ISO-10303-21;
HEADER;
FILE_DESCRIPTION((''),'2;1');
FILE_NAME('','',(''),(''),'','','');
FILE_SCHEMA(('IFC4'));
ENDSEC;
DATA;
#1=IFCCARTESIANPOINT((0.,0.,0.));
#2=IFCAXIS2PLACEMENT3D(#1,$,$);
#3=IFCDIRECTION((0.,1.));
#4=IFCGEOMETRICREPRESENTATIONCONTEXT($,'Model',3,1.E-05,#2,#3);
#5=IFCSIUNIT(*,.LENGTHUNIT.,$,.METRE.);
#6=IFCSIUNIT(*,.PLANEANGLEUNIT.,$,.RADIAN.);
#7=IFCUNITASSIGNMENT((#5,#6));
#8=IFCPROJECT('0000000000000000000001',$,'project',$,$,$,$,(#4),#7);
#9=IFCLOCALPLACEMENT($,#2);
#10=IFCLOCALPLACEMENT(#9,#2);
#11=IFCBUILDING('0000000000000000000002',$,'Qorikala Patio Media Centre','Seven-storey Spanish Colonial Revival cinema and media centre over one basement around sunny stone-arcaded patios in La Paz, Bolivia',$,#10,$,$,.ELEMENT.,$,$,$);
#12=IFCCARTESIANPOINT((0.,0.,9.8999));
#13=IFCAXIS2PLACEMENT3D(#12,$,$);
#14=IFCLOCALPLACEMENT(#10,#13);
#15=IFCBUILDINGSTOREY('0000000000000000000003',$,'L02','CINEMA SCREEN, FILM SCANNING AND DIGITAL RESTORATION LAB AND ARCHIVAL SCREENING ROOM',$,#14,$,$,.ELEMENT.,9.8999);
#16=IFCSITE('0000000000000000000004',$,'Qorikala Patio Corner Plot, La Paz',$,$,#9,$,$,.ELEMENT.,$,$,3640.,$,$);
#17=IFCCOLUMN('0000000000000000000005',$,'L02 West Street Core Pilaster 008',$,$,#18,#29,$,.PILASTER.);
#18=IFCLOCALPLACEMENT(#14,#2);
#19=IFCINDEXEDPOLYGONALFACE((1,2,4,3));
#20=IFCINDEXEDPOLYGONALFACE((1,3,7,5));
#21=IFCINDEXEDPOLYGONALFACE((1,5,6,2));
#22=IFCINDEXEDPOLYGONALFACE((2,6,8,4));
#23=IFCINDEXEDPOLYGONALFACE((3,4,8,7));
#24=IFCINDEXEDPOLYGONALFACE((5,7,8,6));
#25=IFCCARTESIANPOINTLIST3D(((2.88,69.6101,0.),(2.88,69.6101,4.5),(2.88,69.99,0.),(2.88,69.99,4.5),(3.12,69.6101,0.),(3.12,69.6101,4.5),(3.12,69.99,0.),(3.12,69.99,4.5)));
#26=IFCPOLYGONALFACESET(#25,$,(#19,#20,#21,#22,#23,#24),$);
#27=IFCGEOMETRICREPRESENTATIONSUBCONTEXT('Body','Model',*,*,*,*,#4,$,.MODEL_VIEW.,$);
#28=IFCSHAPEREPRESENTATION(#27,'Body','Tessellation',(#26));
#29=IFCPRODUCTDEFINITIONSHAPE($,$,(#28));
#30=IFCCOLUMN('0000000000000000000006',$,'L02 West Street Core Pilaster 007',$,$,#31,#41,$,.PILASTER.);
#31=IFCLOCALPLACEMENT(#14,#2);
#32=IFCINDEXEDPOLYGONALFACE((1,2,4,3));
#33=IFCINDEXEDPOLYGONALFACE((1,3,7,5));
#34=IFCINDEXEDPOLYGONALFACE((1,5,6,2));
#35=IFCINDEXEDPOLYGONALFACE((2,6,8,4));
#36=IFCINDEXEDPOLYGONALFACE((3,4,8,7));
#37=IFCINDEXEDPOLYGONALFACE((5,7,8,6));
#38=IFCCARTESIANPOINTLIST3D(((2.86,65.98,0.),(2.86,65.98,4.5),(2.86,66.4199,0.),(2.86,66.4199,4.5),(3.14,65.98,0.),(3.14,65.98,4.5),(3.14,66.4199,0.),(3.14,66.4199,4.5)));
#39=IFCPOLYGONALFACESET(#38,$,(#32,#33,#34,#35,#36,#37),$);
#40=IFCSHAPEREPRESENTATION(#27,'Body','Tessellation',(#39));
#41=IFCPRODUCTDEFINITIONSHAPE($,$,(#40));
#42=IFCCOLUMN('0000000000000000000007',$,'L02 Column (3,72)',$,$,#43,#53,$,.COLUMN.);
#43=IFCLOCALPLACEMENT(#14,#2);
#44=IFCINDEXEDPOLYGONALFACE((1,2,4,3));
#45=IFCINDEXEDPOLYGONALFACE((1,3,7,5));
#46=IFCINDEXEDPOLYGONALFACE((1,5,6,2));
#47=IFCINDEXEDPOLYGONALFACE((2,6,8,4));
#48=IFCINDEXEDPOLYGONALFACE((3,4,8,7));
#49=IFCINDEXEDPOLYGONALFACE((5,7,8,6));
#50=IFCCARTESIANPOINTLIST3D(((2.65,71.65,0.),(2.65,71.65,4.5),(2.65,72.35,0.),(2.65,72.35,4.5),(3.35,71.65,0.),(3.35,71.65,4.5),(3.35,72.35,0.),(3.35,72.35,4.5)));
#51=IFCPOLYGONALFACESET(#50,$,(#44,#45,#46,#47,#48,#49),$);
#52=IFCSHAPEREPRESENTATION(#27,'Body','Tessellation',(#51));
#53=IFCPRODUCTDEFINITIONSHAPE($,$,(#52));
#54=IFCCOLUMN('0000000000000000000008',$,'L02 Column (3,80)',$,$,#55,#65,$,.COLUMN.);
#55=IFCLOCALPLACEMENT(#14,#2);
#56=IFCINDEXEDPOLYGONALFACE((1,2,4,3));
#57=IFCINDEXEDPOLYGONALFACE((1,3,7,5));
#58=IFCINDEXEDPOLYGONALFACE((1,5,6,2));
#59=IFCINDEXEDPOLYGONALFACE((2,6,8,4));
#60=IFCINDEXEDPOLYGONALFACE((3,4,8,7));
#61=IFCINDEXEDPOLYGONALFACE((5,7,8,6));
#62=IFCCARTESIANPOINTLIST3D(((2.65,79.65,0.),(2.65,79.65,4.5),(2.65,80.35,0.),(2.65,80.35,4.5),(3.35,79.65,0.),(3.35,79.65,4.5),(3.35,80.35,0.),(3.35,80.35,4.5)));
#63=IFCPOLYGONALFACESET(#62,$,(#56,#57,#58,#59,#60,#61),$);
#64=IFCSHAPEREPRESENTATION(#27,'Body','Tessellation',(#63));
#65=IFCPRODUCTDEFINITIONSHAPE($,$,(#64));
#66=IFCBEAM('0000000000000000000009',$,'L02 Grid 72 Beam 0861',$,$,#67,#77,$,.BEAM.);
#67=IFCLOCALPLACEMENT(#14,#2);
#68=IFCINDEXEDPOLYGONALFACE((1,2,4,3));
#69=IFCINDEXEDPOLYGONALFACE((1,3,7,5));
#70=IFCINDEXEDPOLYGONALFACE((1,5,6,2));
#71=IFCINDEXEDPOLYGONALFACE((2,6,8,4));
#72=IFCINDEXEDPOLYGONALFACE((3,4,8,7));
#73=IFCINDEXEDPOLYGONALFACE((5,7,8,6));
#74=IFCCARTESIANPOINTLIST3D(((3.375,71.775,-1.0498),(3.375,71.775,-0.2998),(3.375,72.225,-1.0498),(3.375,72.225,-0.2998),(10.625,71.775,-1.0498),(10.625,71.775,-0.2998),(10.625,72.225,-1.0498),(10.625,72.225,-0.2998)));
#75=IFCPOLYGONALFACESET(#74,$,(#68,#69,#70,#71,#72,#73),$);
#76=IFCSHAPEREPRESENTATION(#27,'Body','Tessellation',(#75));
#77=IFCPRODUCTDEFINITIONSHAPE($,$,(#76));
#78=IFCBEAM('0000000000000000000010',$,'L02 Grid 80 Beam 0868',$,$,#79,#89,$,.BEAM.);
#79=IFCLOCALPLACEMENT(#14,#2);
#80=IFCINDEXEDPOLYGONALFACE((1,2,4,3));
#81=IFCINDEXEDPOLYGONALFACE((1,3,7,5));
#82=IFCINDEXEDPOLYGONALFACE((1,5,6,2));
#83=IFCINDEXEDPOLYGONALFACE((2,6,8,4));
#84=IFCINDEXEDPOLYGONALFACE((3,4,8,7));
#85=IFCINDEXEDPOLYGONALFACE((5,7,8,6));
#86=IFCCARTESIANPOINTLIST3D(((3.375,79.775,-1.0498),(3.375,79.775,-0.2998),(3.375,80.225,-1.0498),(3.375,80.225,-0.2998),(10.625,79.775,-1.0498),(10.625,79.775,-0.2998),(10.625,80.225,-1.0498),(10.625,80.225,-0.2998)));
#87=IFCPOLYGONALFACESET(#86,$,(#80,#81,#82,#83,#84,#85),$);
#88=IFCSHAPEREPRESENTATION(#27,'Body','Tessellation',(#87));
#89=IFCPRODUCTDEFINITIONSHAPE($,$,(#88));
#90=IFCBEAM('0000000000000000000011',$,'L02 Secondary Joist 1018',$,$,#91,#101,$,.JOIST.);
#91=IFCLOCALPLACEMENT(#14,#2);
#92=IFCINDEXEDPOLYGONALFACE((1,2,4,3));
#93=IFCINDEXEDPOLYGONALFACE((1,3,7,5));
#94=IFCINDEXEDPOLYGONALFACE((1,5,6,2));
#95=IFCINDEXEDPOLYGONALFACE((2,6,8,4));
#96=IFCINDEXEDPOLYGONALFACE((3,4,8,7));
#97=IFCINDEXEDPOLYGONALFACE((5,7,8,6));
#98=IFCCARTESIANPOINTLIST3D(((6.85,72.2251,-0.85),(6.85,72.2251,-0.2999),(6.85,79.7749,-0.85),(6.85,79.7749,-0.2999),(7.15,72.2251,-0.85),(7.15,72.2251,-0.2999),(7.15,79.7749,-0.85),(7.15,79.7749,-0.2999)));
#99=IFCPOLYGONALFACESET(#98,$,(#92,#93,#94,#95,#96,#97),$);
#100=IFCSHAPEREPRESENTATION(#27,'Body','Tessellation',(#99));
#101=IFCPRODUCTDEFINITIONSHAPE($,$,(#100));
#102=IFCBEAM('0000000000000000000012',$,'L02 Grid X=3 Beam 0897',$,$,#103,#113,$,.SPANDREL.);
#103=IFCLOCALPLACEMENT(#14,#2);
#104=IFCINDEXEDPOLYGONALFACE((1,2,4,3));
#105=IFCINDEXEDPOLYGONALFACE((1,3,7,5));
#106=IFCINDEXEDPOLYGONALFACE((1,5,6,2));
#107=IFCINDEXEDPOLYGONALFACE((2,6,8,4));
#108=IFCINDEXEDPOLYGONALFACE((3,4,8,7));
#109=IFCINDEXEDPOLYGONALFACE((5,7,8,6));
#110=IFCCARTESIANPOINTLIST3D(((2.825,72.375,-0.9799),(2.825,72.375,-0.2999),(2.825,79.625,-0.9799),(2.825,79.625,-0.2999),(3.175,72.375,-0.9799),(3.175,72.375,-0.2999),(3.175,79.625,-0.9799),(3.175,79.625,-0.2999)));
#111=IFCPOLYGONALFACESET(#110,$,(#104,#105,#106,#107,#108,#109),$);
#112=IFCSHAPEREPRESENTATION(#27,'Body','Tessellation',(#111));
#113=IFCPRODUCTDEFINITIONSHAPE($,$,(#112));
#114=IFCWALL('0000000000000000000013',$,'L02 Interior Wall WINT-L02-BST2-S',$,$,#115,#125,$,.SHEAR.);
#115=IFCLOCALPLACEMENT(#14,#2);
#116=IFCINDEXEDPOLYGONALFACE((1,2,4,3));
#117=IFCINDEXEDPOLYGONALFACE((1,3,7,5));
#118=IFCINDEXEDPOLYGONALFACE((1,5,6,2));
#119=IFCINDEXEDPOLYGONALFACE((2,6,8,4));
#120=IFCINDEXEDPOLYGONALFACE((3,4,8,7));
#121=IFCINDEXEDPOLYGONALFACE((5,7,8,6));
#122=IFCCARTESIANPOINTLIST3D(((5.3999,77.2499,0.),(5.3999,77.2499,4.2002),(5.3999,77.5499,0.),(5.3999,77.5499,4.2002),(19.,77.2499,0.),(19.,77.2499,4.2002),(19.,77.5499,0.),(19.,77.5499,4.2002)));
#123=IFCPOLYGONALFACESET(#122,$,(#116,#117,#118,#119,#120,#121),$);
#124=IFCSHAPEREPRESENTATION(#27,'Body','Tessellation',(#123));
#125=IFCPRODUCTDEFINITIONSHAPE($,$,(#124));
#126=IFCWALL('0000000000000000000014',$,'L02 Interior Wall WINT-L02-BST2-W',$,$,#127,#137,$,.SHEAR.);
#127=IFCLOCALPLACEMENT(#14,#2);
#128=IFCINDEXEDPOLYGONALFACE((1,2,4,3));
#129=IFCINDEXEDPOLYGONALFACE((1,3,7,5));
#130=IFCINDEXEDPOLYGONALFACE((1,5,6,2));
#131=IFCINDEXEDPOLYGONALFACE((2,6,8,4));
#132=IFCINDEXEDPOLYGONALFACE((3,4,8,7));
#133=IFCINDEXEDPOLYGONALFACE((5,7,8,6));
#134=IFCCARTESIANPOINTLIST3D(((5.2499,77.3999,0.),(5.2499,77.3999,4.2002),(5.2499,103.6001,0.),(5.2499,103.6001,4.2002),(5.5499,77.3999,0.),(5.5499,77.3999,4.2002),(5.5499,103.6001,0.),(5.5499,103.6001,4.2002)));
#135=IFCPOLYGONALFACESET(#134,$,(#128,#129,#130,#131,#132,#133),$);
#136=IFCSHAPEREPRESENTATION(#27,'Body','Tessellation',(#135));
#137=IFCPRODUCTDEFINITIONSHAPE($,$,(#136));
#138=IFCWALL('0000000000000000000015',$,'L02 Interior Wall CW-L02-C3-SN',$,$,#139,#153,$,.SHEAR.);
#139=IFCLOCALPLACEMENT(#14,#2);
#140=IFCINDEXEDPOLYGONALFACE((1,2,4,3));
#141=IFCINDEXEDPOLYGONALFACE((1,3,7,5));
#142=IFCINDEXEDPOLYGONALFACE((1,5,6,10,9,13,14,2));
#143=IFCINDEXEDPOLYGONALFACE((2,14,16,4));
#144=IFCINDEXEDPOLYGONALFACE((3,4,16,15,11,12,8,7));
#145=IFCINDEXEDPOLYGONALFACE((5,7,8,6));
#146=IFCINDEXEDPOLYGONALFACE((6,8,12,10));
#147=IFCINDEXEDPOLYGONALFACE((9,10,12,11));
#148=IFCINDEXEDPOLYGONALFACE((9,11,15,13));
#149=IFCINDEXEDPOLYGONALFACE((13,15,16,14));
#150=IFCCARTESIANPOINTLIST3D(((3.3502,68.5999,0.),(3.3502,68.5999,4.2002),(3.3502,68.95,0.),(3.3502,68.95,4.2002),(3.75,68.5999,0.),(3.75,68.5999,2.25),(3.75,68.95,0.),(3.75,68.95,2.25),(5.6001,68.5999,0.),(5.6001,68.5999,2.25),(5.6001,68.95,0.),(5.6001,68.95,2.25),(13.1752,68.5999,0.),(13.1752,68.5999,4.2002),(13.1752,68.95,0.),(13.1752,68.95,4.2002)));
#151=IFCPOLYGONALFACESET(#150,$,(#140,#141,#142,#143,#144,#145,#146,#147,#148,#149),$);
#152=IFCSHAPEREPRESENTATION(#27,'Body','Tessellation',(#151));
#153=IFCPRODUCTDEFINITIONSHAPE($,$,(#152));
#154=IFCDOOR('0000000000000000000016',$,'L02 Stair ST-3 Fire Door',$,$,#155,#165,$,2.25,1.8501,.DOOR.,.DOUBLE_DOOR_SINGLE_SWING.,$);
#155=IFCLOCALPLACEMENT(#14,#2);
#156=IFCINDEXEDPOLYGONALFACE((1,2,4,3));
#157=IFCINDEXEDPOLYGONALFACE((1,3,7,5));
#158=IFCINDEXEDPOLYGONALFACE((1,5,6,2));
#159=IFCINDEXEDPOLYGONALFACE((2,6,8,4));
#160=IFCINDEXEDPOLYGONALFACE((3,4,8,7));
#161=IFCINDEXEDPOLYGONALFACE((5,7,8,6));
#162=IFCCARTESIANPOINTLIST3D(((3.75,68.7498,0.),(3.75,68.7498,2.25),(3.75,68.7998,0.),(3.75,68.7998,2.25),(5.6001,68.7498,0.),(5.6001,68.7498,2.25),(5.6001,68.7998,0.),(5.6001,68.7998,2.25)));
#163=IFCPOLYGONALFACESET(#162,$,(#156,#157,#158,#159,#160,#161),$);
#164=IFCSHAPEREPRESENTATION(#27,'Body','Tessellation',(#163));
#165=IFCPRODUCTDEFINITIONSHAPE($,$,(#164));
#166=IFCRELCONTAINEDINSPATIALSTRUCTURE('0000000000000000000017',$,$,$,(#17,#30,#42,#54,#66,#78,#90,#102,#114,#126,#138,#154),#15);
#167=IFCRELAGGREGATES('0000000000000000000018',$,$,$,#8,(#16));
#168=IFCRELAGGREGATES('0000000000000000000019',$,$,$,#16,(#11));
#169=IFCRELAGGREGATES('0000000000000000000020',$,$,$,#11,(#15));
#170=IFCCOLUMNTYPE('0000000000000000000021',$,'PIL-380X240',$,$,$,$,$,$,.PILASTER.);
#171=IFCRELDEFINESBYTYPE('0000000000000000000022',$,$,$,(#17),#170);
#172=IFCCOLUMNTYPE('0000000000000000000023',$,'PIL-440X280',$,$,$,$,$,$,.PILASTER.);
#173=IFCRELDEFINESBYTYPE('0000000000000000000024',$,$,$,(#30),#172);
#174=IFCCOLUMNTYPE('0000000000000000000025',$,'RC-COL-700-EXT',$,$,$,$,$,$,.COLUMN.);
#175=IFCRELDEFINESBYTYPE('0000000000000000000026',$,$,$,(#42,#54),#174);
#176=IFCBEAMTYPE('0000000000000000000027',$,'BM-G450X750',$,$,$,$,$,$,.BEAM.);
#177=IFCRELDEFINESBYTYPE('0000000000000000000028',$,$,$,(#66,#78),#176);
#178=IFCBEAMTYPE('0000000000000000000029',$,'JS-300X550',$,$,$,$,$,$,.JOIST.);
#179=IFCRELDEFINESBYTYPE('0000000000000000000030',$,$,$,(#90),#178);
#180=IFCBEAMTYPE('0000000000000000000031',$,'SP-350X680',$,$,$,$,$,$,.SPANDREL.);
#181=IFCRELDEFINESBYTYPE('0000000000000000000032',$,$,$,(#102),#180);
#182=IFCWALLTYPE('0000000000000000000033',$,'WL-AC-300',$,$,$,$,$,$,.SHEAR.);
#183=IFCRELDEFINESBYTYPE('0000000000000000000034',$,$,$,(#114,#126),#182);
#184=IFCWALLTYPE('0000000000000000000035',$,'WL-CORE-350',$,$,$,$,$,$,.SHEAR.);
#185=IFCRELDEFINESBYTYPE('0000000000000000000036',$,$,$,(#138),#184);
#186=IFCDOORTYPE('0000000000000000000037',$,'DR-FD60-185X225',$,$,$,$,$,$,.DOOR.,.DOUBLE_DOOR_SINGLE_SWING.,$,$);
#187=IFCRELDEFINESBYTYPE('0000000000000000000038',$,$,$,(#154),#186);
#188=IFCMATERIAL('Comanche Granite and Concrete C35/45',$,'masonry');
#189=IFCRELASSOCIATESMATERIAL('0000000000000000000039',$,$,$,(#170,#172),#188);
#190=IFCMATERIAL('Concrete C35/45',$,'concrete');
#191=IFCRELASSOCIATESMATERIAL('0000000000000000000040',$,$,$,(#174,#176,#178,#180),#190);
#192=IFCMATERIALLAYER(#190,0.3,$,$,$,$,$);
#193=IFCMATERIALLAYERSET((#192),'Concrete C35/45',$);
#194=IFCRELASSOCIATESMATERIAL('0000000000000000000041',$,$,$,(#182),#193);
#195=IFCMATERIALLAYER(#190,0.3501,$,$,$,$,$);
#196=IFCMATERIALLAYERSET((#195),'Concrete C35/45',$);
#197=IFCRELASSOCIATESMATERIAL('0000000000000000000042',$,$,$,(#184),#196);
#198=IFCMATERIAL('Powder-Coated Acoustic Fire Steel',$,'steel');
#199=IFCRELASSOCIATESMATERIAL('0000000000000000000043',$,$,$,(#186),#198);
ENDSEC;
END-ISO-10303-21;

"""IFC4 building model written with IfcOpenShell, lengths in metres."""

from ifc_helpers import new_model, si_unit, direction, frame, frame_2d, origin, origin_2d, place, context, subcontext, project, spatial, rectangle, extrude, material, layer, layer_set, material_profile, profile_set, type_object, element, fill, save


model = new_model("IFC4")

# Units and contexts
model_context = context("Model", 3, precision=1e-05, world=origin(), true_north=direction((0.0, 1.0)))
body_context = subcontext(model_context, "Body", "Model", "MODEL_VIEW")
ifc_project = project(units=[si_unit("LENGTHUNIT", "METRE"), si_unit("PLANEANGLEUNIT", "RADIAN")], contexts=[model_context])

# Site, building, storey
site_placement = place(None, origin())
site = spatial("IfcSite", under=ifc_project, at=site_placement, Name="Qorikala Patio Corner Plot, La Paz", CompositionType="ELEMENT", RefElevation=3640.0)
building_placement = place(site_placement, origin())
building = spatial("IfcBuilding", under=site, at=building_placement, Name="Qorikala Patio Media Centre", Description="Seven-storey Spanish Colonial Revival cinema and media centre over one basement around sunny stone-arcaded patios in La Paz, Bolivia", CompositionType="ELEMENT")
storey_placement = place(building_placement, frame((0.0, 0.0, 9.8999)))
storey = spatial("IfcBuildingStorey", under=building, at=storey_placement, Name="L02", Description="CINEMA SCREEN, FILM SCANNING AND DIGITAL RESTORATION LAB AND ARCHIVAL SCREENING ROOM", CompositionType="ELEMENT", Elevation=9.8999)

# Columns
ifc_material_1 = material(Name="Comanche Granite and Concrete C35/45", Category="masonry")
ifc_material_profile_1 = material_profile(ifc_material_1, rectangle(XDim=0.3799, YDim=0.24, at=origin_2d()), Name="PIL 380x240")
ifc_profile_set_1 = profile_set([ifc_material_profile_1], Name="Comanche Granite and Concrete C35/45")
column_type_1 = type_object("IfcColumnType", Name="PIL-380X240", PredefinedType="PILASTER", material=ifc_profile_set_1)
column_1_placement = place(storey_placement, frame((3.0, 69.8, 0.0), z_axis=(0.0, 0.0, 1.0), x_axis=(0.0, 1.0, 0.0)))
element("IfcColumn", 1, at=column_1_placement, inside=storey, type_object=column_type_1, Name="L02 West Street Core Pilaster 008", PredefinedType="PILASTER", context=body_context, shape_type="SweptSolid", body=[
    extrude(rectangle(XDim=0.3799, YDim=0.24, at=origin_2d()), origin(), (0.0, 0.0, 1.0), 4.5),
])
ifc_material_profile_2 = material_profile(ifc_material_1, rectangle(XDim=0.4399, YDim=0.28, at=origin_2d()), Name="PIL 440x280")
ifc_profile_set_2 = profile_set([ifc_material_profile_2], Name="Comanche Granite and Concrete C35/45")
column_type_2 = type_object("IfcColumnType", Name="PIL-440X280", PredefinedType="PILASTER", material=ifc_profile_set_2)
column_2_placement = place(storey_placement, frame((3.0, 66.2, 0.0), z_axis=(0.0, 0.0, 1.0), x_axis=(0.0, 1.0, 0.0)))
element("IfcColumn", 2, at=column_2_placement, inside=storey, type_object=column_type_2, Name="L02 West Street Core Pilaster 007", PredefinedType="PILASTER", context=body_context, shape_type="SweptSolid", body=[
    extrude(rectangle(XDim=0.4399, YDim=0.28, at=origin_2d()), origin(), (0.0, 0.0, 1.0), 4.5),
])
ifc_material_2 = material(Name="Concrete C35/45", Category="concrete")
ifc_material_profile_3 = material_profile(ifc_material_2, rectangle(XDim=0.7, YDim=0.7, at=origin_2d()), Name="RC 700x700")
ifc_profile_set_3 = profile_set([ifc_material_profile_3], Name="Concrete C35/45")
column_type_3 = type_object("IfcColumnType", Name="RC-COL-700-EXT", PredefinedType="COLUMN", material=ifc_profile_set_3)
for number, where, z_axis, x_axis, name in (
    (3, (3.0, 72.0, 0.0), (0.0, 0.0, 1.0), (1.0, 0.0, 0.0), "L02 Column (3,72)"),
    (4, (3.0, 80.0, 0.0), (0.0, 0.0, 1.0), (1.0, 0.0, 0.0), "L02 Column (3,80)"),
):
    element("IfcColumn", number, at=place(storey_placement, frame(where, z_axis=z_axis, x_axis=x_axis)), inside=storey, type_object=column_type_3, Name=name, PredefinedType="COLUMN", context=body_context, shape_type="SweptSolid", body=[
        extrude(rectangle(XDim=0.7, YDim=0.7, at=origin_2d()), origin(), (0.0, 0.0, 1.0), 4.5),
    ])

# Beams
ifc_material_profile_4 = material_profile(ifc_material_2, rectangle(XDim=0.45, YDim=0.75, at=origin_2d()), Name="RC 450x750")
ifc_profile_set_4 = profile_set([ifc_material_profile_4], Name="Concrete C35/45")
beam_type_1 = type_object("IfcBeamType", Name="BM-G450X750", PredefinedType="BEAM", material=ifc_profile_set_4)
for number, where, z_axis, x_axis, name in (
    (5, (3.375, 72.0, -0.6748), (1.0, 0.0, 0.0), (0.0, 1.0, 0.0), "L02 Grid 72 Beam 0861"),
    (6, (3.375, 80.0, -0.6748), (1.0, 0.0, 0.0), (0.0, 1.0, 0.0), "L02 Grid 80 Beam 0868"),
):
    element("IfcBeam", number, at=place(storey_placement, frame(where, z_axis=z_axis, x_axis=x_axis)), inside=storey, type_object=beam_type_1, Name=name, PredefinedType="BEAM", context=body_context, shape_type="SweptSolid", body=[
        extrude(rectangle(XDim=0.45, YDim=0.75, at=origin_2d()), origin(), (0.0, 0.0, 1.0), 7.25),
    ])
ifc_material_profile_5 = material_profile(ifc_material_2, rectangle(XDim=0.3, YDim=0.55, at=origin_2d()), Name="RC 300x550")
ifc_profile_set_5 = profile_set([ifc_material_profile_5], Name="Concrete C35/45")
beam_type_2 = type_object("IfcBeamType", Name="JS-300X550", PredefinedType="JOIST", material=ifc_profile_set_5)
beam_1_placement = place(storey_placement, frame((7.0, 72.2251, -0.575), z_axis=(0.0, 1.0, 0.0), x_axis=(-1.0, 0.0, 0.0)))
element("IfcBeam", 7, at=beam_1_placement, inside=storey, type_object=beam_type_2, Name="L02 Secondary Joist 1018", PredefinedType="JOIST", context=body_context, shape_type="SweptSolid", body=[
    extrude(rectangle(XDim=0.3, YDim=0.55, at=origin_2d()), origin(), (0.0, 0.0, 1.0), 7.5498),
])
ifc_material_profile_6 = material_profile(ifc_material_2, rectangle(XDim=0.3501, YDim=0.6799, at=origin_2d()), Name="RC 350x680")
ifc_profile_set_6 = profile_set([ifc_material_profile_6], Name="Concrete C35/45")
beam_type_3 = type_object("IfcBeamType", Name="SP-350X680", PredefinedType="SPANDREL", material=ifc_profile_set_6)
beam_2_placement = place(storey_placement, frame((3.0, 72.375, -0.6399), z_axis=(0.0, 1.0, 0.0), x_axis=(-1.0, 0.0, 0.0)))
element("IfcBeam", 8, at=beam_2_placement, inside=storey, type_object=beam_type_3, Name="L02 Grid X=3 Beam 0897", PredefinedType="SPANDREL", context=body_context, shape_type="SweptSolid", body=[
    extrude(rectangle(XDim=0.3501, YDim=0.6799, at=origin_2d()), origin(), (0.0, 0.0, 1.0), 7.25),
])

# Walls
ifc_layer_1 = layer(ifc_material_2, 0.3)
ifc_layer_set_1 = layer_set([ifc_layer_1], Name="Concrete C35/45")
wall_type_1 = type_object("IfcWallType", Name="WL-AC-300", PredefinedType="SHEAR", material=ifc_layer_set_1)
wall_1_placement = place(storey_placement, frame((5.3999, 77.3999, 0.0), z_axis=(0.0, 0.0, 1.0), x_axis=(1.0, 0.0, 0.0)))
element("IfcWall", 9, at=wall_1_placement, inside=storey, type_object=wall_type_1, Name="L02 Interior Wall WINT-L02-BST2-S", PredefinedType="SHEAR", context=body_context, shape_type="SweptSolid", body=[
    extrude(rectangle(XDim=13.6001, YDim=0.3, at=frame_2d((6.8, 0.0))), origin(), (0.0, 0.0, 1.0), 4.2002),
])
wall_2_placement = place(storey_placement, frame((5.3999, 77.3999, 0.0), z_axis=(0.0, 0.0, 1.0), x_axis=(0.0, 1.0, 0.0)))
element("IfcWall", 10, at=wall_2_placement, inside=storey, type_object=wall_type_1, Name="L02 Interior Wall WINT-L02-BST2-W", PredefinedType="SHEAR", context=body_context, shape_type="SweptSolid", body=[
    extrude(rectangle(XDim=26.2002, YDim=0.3, at=frame_2d((13.1001, 0.0))), origin(), (0.0, 0.0, 1.0), 4.2002),
])

# Wall, opening, door
ifc_layer_2 = layer(ifc_material_2, 0.3501)
ifc_layer_set_2 = layer_set([ifc_layer_2], Name="Concrete C35/45")
wall_type_2 = type_object("IfcWallType", Name="WL-CORE-350", PredefinedType="SHEAR", material=ifc_layer_set_2)
wall_3_placement = place(storey_placement, frame((3.3501, 68.7749, 0.0), z_axis=(0.0, 0.0, 1.0), x_axis=(1.0, 0.0, 0.0)))
wall_3 = element("IfcWall", 11, at=wall_3_placement, inside=storey, type_object=wall_type_2, Name="L02 Interior Wall CW-L02-C3-SN", PredefinedType="SHEAR", context=body_context, shape_type="SweptSolid", body=[
    extrude(rectangle(XDim=9.825, YDim=0.3501, at=frame_2d((4.9126, 0.0))), origin(), (0.0, 0.0, 1.0), 4.2002),
])
opening_1_placement = place(wall_3_placement, frame((0.3999, 0.0, 0.0)))
opening_1 = element("IfcOpeningElement", 12, at=opening_1_placement, cuts=wall_3, PredefinedType="OPENING", context=body_context, shape_type="SweptSolid", body=[
    extrude(rectangle(XDim=1.8501, YDim=2.25, at=frame_2d((0.925, 1.125))), frame((0.0, 0.1851, 0.0), z_axis=(0.0, -1.0, 0.0), x_axis=(1.0, 0.0, 0.0)), (0.0, 0.0, 1.0), 0.3701),
])
ifc_material_3 = material(Name="Powder-Coated Acoustic Fire Steel", Category="steel")
door_type_1 = type_object("IfcDoorType", Name="DR-FD60-185X225", OperationType="DOUBLE_DOOR_SINGLE_SWING", PredefinedType="DOOR", material=ifc_material_3)
door_1_placement = place(opening_1_placement, origin())
door_1 = element("IfcDoor", 13, at=door_1_placement, inside=storey, type_object=door_type_1, Name="L02 Stair ST-3 Fire Door", OperationType="DOUBLE_DOOR_SINGLE_SWING", OverallHeight=2.25, OverallWidth=1.8501, PredefinedType="DOOR", context=body_context, shape_type="SweptSolid", body=[
    extrude(rectangle(XDim=1.8501, YDim=2.25, at=frame_2d((0.925, 1.125))), frame((0.0, 0.0249, 0.0), z_axis=(0.0, -1.0, 0.0), x_axis=(1.0, 0.0, 0.0)), (0.0, 0.0, 1.0), 0.05),
])
fill(opening_1, door_1)

save(model, "model.ifc")
